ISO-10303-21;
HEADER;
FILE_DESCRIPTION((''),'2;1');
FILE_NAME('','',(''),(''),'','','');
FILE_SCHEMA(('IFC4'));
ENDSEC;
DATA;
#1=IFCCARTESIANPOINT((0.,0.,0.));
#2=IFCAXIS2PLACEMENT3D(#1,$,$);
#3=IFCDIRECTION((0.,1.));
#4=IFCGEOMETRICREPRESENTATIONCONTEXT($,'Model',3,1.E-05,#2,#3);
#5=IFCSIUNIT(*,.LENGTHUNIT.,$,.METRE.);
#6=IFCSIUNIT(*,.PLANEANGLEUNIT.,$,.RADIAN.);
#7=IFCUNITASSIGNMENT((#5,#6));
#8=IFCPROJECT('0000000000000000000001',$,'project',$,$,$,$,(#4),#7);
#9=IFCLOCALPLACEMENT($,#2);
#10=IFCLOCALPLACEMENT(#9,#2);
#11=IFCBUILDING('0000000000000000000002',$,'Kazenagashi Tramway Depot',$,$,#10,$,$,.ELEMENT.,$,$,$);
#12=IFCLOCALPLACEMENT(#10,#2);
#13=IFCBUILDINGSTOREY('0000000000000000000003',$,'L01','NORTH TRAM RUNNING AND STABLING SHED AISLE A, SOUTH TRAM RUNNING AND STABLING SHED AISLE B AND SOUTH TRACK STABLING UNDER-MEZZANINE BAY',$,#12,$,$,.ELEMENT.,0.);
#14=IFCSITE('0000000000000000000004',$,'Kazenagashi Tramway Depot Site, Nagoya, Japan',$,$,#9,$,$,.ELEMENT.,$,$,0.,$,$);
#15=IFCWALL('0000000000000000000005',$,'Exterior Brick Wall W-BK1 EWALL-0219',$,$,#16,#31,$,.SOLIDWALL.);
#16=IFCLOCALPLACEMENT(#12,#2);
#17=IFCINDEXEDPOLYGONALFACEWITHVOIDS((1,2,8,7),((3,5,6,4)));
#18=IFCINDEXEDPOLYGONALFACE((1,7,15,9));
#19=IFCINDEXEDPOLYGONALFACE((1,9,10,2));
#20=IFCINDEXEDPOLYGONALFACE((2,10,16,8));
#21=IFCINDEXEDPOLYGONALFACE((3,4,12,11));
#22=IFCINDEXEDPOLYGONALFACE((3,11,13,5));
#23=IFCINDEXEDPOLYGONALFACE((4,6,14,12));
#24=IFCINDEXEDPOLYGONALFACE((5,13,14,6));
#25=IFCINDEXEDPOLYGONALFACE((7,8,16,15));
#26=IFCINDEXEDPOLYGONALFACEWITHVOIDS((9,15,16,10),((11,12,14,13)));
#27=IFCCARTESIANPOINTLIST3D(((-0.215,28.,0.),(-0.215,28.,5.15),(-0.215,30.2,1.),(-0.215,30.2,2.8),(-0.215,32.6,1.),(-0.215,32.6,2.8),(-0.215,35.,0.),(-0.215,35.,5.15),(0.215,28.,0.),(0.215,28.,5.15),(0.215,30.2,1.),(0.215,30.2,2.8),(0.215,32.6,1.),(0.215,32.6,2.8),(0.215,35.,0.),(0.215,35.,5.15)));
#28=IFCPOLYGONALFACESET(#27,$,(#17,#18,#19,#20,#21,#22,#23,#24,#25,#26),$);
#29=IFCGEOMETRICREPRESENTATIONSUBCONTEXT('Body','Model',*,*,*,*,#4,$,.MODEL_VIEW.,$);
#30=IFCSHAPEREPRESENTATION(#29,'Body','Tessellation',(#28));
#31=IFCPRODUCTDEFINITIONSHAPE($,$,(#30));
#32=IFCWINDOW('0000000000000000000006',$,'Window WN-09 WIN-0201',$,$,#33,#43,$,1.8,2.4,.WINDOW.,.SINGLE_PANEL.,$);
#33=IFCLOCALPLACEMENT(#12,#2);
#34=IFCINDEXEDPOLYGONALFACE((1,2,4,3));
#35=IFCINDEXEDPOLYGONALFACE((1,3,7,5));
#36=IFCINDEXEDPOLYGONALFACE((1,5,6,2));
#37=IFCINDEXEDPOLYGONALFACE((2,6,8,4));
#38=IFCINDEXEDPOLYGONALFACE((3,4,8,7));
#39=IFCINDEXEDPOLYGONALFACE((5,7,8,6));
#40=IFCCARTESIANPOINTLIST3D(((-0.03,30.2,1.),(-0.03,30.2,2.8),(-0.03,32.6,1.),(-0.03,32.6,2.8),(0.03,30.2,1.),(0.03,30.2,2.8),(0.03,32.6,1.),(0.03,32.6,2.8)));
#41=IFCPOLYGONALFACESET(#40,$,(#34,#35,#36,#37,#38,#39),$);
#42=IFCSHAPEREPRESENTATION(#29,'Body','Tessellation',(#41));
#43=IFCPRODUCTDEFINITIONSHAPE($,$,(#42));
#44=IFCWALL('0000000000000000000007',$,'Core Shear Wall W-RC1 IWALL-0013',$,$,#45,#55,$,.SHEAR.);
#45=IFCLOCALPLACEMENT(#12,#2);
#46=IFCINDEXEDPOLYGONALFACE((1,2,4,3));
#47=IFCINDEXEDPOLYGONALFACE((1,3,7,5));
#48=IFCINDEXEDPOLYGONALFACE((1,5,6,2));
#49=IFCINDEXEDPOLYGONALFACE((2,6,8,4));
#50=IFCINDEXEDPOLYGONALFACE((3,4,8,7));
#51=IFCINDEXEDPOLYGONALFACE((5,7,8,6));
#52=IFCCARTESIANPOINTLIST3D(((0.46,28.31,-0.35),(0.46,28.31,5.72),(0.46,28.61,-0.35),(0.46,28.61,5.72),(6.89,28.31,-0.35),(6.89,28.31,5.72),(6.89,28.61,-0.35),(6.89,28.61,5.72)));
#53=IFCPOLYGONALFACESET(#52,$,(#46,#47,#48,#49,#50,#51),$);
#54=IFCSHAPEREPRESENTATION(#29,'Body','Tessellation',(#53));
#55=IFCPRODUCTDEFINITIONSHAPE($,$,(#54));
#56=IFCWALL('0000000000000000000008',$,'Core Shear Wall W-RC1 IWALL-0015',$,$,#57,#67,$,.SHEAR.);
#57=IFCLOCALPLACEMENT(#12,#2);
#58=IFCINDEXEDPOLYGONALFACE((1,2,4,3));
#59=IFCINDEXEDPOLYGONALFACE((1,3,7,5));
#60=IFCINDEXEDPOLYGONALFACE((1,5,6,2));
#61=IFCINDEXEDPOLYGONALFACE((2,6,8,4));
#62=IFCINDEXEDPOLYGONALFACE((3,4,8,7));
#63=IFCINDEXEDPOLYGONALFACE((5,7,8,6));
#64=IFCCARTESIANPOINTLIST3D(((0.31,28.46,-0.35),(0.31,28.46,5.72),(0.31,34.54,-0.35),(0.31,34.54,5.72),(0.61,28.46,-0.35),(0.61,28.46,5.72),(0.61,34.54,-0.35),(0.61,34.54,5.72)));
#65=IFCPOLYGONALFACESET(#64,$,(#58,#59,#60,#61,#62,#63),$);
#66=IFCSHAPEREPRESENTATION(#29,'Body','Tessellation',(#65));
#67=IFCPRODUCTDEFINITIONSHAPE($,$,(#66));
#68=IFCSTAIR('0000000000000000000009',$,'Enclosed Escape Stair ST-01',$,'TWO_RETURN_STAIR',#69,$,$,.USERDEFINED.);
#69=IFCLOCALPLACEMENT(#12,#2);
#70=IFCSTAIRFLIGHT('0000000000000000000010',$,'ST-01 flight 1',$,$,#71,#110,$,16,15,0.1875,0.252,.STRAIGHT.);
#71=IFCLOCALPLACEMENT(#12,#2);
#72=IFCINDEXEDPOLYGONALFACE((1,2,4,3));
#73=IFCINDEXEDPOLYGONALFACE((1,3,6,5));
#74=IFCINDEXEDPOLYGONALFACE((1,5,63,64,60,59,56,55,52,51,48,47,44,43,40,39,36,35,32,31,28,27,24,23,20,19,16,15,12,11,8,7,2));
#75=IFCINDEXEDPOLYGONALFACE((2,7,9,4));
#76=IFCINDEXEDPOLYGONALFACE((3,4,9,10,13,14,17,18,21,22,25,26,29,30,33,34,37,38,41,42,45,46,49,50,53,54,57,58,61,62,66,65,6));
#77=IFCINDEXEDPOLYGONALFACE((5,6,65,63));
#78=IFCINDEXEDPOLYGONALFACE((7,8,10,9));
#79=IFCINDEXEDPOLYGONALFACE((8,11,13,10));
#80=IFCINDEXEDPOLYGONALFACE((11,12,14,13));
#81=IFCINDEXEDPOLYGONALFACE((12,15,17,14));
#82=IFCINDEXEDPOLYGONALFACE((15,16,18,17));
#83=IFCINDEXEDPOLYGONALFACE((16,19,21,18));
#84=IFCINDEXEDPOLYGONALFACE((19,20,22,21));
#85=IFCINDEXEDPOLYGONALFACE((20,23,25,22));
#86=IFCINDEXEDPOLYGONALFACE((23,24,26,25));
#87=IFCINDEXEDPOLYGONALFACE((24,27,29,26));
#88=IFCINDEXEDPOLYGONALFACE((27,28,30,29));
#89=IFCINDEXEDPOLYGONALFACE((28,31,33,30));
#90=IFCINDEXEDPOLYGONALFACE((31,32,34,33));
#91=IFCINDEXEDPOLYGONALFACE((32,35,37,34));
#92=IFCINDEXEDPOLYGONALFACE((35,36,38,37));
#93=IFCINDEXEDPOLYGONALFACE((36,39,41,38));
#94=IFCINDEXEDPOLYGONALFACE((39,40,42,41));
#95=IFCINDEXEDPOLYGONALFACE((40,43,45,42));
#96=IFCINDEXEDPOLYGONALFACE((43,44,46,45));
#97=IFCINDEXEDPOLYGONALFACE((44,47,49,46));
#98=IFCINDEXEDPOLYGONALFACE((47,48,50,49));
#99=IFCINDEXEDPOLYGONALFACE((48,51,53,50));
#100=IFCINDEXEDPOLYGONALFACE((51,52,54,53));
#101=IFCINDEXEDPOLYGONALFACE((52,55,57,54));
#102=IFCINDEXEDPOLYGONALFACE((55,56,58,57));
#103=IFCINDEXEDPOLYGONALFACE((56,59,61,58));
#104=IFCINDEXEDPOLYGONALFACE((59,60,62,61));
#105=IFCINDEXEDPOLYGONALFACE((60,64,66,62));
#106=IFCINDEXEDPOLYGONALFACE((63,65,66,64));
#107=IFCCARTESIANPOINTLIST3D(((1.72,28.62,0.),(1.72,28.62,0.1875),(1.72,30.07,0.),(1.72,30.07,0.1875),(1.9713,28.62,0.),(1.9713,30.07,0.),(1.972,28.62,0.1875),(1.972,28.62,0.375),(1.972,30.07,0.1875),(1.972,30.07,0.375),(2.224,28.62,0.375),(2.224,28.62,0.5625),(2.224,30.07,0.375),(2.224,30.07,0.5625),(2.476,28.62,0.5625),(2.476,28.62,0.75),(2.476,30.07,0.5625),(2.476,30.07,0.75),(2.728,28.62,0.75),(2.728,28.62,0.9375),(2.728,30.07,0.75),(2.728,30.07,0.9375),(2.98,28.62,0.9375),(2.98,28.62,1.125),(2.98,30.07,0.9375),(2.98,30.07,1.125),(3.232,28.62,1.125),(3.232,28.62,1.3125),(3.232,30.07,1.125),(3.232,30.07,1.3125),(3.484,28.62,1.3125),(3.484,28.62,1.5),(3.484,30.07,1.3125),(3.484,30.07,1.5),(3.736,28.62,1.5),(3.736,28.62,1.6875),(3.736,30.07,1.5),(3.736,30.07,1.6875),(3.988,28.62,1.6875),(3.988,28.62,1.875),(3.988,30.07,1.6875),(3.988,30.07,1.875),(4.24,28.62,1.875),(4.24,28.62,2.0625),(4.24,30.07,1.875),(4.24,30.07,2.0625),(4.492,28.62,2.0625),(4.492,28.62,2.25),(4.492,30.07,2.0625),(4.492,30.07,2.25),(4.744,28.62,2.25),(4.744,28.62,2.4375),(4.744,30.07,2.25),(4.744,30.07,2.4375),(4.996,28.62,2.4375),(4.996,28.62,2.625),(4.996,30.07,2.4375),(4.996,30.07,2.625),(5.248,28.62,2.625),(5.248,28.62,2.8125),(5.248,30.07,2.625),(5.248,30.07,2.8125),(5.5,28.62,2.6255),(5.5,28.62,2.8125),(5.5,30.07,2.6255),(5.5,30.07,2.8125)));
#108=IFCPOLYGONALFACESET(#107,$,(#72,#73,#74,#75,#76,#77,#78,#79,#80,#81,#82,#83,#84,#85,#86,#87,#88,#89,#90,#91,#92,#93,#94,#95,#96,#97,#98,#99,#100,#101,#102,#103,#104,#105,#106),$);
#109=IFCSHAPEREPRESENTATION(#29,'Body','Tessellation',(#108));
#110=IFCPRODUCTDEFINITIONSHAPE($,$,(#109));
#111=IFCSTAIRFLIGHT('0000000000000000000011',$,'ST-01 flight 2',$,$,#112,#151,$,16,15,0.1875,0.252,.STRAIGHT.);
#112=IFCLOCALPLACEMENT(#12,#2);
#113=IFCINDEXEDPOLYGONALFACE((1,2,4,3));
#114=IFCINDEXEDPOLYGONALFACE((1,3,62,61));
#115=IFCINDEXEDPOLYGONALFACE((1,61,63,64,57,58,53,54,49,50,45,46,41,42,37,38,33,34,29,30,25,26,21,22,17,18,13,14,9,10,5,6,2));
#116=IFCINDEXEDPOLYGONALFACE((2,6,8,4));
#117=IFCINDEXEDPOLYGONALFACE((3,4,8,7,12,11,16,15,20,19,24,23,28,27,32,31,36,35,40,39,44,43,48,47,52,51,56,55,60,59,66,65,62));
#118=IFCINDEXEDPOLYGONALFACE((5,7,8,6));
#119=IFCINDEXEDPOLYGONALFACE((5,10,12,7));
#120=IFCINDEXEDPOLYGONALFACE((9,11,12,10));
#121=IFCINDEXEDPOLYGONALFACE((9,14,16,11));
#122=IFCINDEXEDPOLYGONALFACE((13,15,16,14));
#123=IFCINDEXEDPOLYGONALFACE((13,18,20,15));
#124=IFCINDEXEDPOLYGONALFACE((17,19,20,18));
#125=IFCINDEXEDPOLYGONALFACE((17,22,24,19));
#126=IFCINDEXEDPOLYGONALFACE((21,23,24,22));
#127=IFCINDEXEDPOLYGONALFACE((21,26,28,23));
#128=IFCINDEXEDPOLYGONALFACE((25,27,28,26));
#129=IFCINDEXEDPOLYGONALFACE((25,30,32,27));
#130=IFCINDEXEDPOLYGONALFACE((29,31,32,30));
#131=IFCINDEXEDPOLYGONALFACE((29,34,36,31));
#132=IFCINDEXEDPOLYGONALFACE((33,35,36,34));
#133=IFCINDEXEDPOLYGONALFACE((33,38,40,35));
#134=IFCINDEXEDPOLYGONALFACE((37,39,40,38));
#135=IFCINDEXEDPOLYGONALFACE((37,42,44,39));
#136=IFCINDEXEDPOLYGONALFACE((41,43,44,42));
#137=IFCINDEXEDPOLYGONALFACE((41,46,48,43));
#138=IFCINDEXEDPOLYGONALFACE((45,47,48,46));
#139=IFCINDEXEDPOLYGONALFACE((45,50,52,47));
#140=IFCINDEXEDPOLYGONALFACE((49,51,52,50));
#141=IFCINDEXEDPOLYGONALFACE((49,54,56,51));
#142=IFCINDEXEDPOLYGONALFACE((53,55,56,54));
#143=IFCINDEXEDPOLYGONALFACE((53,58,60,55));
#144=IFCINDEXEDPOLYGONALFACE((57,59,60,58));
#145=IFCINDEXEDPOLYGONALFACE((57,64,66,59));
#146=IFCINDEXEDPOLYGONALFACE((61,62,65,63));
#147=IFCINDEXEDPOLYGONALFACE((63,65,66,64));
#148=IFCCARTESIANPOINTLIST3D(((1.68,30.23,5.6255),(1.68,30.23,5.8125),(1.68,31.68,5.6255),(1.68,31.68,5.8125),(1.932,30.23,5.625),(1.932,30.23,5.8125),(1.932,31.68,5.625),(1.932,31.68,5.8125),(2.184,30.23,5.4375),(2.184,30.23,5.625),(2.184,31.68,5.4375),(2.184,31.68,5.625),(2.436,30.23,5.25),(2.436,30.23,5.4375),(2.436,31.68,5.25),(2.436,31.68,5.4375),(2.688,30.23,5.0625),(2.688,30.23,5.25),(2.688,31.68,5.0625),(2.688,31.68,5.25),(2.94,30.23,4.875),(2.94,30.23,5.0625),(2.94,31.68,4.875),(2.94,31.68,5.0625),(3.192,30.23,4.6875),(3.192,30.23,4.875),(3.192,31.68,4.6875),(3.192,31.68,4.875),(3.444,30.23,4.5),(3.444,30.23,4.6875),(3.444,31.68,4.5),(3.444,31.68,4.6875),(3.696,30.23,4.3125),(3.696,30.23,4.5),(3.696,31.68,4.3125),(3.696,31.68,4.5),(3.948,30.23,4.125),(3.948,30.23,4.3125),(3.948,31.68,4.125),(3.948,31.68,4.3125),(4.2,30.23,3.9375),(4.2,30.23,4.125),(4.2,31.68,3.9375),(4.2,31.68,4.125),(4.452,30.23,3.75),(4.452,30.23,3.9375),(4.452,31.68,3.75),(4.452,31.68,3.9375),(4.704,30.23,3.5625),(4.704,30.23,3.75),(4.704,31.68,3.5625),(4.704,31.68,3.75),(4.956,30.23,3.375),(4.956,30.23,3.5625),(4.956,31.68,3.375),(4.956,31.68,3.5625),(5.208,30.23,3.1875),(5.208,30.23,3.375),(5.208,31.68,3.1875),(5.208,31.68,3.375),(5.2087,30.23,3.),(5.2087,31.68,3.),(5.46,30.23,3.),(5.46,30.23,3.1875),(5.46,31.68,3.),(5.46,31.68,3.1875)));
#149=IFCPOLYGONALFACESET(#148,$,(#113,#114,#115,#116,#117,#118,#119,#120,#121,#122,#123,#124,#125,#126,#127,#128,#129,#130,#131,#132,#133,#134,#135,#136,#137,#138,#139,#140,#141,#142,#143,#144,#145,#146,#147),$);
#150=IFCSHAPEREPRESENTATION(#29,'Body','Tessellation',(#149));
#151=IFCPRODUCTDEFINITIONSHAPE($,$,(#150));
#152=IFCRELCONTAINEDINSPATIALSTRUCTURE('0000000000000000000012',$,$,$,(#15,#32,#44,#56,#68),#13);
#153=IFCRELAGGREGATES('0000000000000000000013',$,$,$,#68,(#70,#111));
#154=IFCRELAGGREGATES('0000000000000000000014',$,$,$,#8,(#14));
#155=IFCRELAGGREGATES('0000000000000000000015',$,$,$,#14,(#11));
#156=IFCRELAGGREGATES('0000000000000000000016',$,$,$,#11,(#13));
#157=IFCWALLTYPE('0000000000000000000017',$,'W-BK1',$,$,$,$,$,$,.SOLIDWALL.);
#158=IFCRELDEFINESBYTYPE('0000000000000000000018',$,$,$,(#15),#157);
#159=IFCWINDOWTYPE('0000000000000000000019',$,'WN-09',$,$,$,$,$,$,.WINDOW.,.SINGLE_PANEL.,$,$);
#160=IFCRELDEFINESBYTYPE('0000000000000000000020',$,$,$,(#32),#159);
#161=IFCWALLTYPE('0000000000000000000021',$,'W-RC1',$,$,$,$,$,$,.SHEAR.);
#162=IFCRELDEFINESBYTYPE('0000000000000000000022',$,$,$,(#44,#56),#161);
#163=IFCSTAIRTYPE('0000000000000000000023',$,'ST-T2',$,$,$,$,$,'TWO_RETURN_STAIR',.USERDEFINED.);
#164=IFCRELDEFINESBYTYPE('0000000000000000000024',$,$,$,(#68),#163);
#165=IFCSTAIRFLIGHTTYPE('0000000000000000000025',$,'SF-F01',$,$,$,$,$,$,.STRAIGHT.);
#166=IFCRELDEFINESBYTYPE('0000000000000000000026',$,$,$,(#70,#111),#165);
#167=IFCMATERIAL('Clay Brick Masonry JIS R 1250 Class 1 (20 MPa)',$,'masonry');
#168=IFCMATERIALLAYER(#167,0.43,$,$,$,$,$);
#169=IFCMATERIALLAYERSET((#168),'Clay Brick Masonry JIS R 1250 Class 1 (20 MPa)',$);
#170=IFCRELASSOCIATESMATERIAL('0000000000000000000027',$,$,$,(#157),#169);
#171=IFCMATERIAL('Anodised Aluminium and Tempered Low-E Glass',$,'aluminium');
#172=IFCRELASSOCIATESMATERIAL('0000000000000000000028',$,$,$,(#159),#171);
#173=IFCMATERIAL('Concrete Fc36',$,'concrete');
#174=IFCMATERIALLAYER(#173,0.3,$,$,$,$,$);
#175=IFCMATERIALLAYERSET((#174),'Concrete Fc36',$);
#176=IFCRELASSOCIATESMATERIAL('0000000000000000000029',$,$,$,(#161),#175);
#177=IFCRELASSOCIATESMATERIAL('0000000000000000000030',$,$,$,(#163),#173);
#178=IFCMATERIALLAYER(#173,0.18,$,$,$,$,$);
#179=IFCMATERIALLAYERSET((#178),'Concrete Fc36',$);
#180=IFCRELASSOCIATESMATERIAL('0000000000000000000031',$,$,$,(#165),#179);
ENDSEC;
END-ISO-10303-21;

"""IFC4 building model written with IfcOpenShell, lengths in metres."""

from ifc_helpers import new_model, si_unit, direction, frame, frame_2d, origin, place, context, subcontext, project, spatial, polyline, rectangle, outline, extrude, material, layer, layer_set, type_object, element, fill, aggregate, save


model = new_model("IFC4")

# Units and contexts
model_context = context("Model", 3, precision=1e-05, world=origin(), true_north=direction((0.0, 1.0)))
body_context = subcontext(model_context, "Body", "Model", "MODEL_VIEW")
ifc_project = project(units=[si_unit("LENGTHUNIT", "METRE"), si_unit("PLANEANGLEUNIT", "RADIAN")], contexts=[model_context])

# Site, building, storey
site_placement = place(None, origin())
site = spatial("IfcSite", under=ifc_project, at=site_placement, Name="Kazenagashi Tramway Depot Site, Nagoya, Japan", CompositionType="ELEMENT", RefElevation=0.0)
building_placement = place(site_placement, origin())
building = spatial("IfcBuilding", under=site, at=building_placement, Name="Kazenagashi Tramway Depot", CompositionType="ELEMENT")
storey_placement = place(building_placement, origin())
storey = spatial("IfcBuildingStorey", under=building, at=storey_placement, Name="L01", Description="NORTH TRAM RUNNING AND STABLING SHED AISLE A, SOUTH TRAM RUNNING AND STABLING SHED AISLE B AND SOUTH TRACK STABLING UNDER-MEZZANINE BAY", CompositionType="ELEMENT", Elevation=0.0)

# Wall, opening, window
ifc_material_1 = material(Name="Clay Brick Masonry JIS R 1250 Class 1 (20 MPa)", Category="masonry")
ifc_layer_1 = layer(ifc_material_1, 0.43)
ifc_layer_set_1 = layer_set([ifc_layer_1], Name="Clay Brick Masonry JIS R 1250 Class 1 (20 MPa)")
wall_type_1 = type_object("IfcWallType", Name="W-BK1", PredefinedType="SOLIDWALL", material=ifc_layer_set_1)
wall_1_placement = place(storey_placement, frame((0.0, 28.0, 0.0), z_axis=(0.0, 0.0, 1.0), x_axis=(0.0, 1.0, 0.0)))
wall_1 = element("IfcWall", 1, at=wall_1_placement, inside=storey, type_object=wall_type_1, Name="Exterior Brick Wall W-BK1 EWALL-0219", PredefinedType="SOLIDWALL", context=body_context, shape_type="SweptSolid", body=[
    extrude(rectangle(XDim=7.0, YDim=0.43, at=frame_2d((3.5, 0.0))), origin(), (0.0, 0.0, 1.0), 5.15),
])
opening_placement = place(wall_1_placement, frame((2.2, 0.0, 1.0)))
opening = element("IfcOpeningElement", 2, at=opening_placement, cuts=wall_1, PredefinedType="OPENING", context=body_context, shape_type="SweptSolid", body=[
    extrude(rectangle(XDim=2.4, YDim=1.8, at=frame_2d((1.2, 0.9))), frame((0.0, 0.225, 0.0), z_axis=(0.0, -1.0, 0.0), x_axis=(1.0, 0.0, 0.0)), (0.0, 0.0, 1.0), 0.45),
])
ifc_material_2 = material(Name="Anodised Aluminium and Tempered Low-E Glass", Category="aluminium")
window_type = type_object("IfcWindowType", Name="WN-09", PartitioningType="SINGLE_PANEL", PredefinedType="WINDOW", material=ifc_material_2)
window_placement = place(opening_placement, origin())
window = element("IfcWindow", 3, at=window_placement, inside=storey, type_object=window_type, Name="Window WN-09 WIN-0201", OverallHeight=1.8, OverallWidth=2.4, PartitioningType="SINGLE_PANEL", PredefinedType="WINDOW", context=body_context, shape_type="SweptSolid", body=[
    extrude(rectangle(XDim=2.4, YDim=1.8, at=frame_2d((1.2, 0.9))), frame((0.0, 0.03, 0.0), z_axis=(0.0, -1.0, 0.0), x_axis=(1.0, 0.0, 0.0)), (0.0, 0.0, 1.0), 0.06),
])
fill(opening, window)

# Walls
ifc_material_3 = material(Name="Concrete Fc36", Category="concrete")
ifc_layer_2 = layer(ifc_material_3, 0.3)
ifc_layer_set_2 = layer_set([ifc_layer_2], Name="Concrete Fc36")
wall_type_2 = type_object("IfcWallType", Name="W-RC1", PredefinedType="SHEAR", material=ifc_layer_set_2)
wall_2_placement = place(storey_placement, frame((0.46, 28.46, -0.35), z_axis=(0.0, 0.0, 1.0), x_axis=(1.0, 0.0, 0.0)))
element("IfcWall", 4, at=wall_2_placement, inside=storey, type_object=wall_type_2, Name="Core Shear Wall W-RC1 IWALL-0013", PredefinedType="SHEAR", context=body_context, shape_type="SweptSolid", body=[
    extrude(rectangle(XDim=6.43, YDim=0.3, at=frame_2d((3.215, 0.0))), origin(), (0.0, 0.0, 1.0), 6.07),
])
wall_3_placement = place(storey_placement, frame((0.46, 28.46, -0.35), z_axis=(0.0, 0.0, 1.0), x_axis=(0.0, 1.0, 0.0)))
element("IfcWall", 5, at=wall_3_placement, inside=storey, type_object=wall_type_2, Name="Core Shear Wall W-RC1 IWALL-0015", PredefinedType="SHEAR", context=body_context, shape_type="SweptSolid", body=[
    extrude(rectangle(XDim=6.08, YDim=0.3, at=frame_2d((3.04, 0.0))), origin(), (0.0, 0.0, 1.0), 6.07),
])

# Stair, stair flights
stair_type = type_object("IfcStairType", Name="ST-T2", ElementType="TWO_RETURN_STAIR", PredefinedType="USERDEFINED", material=ifc_material_3)
stair_placement = place(storey_placement, origin())
stair = element("IfcStair", 6, at=stair_placement, inside=storey, type_object=stair_type, Name="Enclosed Escape Stair ST-01", ObjectType="TWO_RETURN_STAIR", PredefinedType="USERDEFINED")
ifc_layer_3 = layer(ifc_material_3, 0.18)
ifc_layer_set_3 = layer_set([ifc_layer_3], Name="Concrete Fc36")
stair_flight_type = type_object("IfcStairFlightType", Name="SF-F01", PredefinedType="STRAIGHT", material=ifc_layer_set_3)
stair_flight_1_placement = place(storey_placement, frame((1.72, 29.345, 0.0), z_axis=(0.0, 0.0, 1.0), x_axis=(1.0, 0.0, 0.0)))
stair_flight_1 = element("IfcStairFlight", 7, at=stair_flight_1_placement, type_object=stair_flight_type, Name="ST-01 flight 1", NumberOfRisers=16, NumberOfTreads=15, PredefinedType="STRAIGHT", RiserHeight=0.1875, TreadLength=0.252, context=body_context, shape_type="SweptSolid", body=[
    extrude(outline(polyline([(0.0, 0.0), (0.0, 0.1875), (0.252, 0.1875), (0.252, 0.375), (0.504, 0.375), (0.504, 0.5625), (0.756, 0.5625), (0.756, 0.75), (1.008, 0.75), (1.008, 0.9375), (1.26, 0.9375), (1.26, 1.125), (1.512, 1.125), (1.512, 1.3125), (1.764, 1.3125), (1.764, 1.5), (2.016, 1.5), (2.016, 1.6875), (2.268, 1.6875), (2.268, 1.875), (2.52, 1.875), (2.52, 2.0625), (2.772, 2.0625), (2.772, 2.25), (3.024, 2.25), (3.024, 2.4375), (3.276, 2.4375), (3.276, 2.625), (3.528, 2.625), (3.528, 2.8125), (3.78, 2.8125), (3.78, 3.0), (3.78, 2.6255), (0.2513, 0.0), (0.0, 0.0)])), frame((0.0, 0.725, 0.0), z_axis=(0.0, -1.0, 0.0), x_axis=(1.0, 0.0, 0.0)), (0.0, 0.0, 1.0), 1.45),
])
stair_flight_2_placement = place(storey_placement, frame((5.46, 30.955, 3.0), z_axis=(0.0, 0.0, 1.0), x_axis=(-1.0, 0.0, 0.0)))
stair_flight_2 = element("IfcStairFlight", 8, at=stair_flight_2_placement, type_object=stair_flight_type, Name="ST-01 flight 2", NumberOfRisers=16, NumberOfTreads=15, PredefinedType="STRAIGHT", RiserHeight=0.1875, TreadLength=0.252, context=body_context, shape_type="SweptSolid", body=[
    extrude(outline(polyline([(0.0, 0.0), (0.0, 0.1875), (0.252, 0.1875), (0.252, 0.375), (0.504, 0.375), (0.504, 0.5625), (0.756, 0.5625), (0.756, 0.75), (1.008, 0.75), (1.008, 0.9375), (1.26, 0.9375), (1.26, 1.125), (1.512, 1.125), (1.512, 1.3125), (1.764, 1.3125), (1.764, 1.5), (2.016, 1.5), (2.016, 1.6875), (2.268, 1.6875), (2.268, 1.875), (2.52, 1.875), (2.52, 2.0625), (2.772, 2.0625), (2.772, 2.25), (3.024, 2.25), (3.024, 2.4375), (3.276, 2.4375), (3.276, 2.625), (3.528, 2.625), (3.528, 2.8125), (3.78, 2.8125), (3.78, 3.0), (3.78, 2.6255), (0.2513, 0.0), (0.0, 0.0)])), frame((0.0, 0.725, 0.0), z_axis=(0.0, -1.0, 0.0), x_axis=(1.0, 0.0, 0.0)), (0.0, 0.0, 1.0), 1.45),
])
aggregate(stair, [stair_flight_1, stair_flight_2])

save(model, "model.ifc")
